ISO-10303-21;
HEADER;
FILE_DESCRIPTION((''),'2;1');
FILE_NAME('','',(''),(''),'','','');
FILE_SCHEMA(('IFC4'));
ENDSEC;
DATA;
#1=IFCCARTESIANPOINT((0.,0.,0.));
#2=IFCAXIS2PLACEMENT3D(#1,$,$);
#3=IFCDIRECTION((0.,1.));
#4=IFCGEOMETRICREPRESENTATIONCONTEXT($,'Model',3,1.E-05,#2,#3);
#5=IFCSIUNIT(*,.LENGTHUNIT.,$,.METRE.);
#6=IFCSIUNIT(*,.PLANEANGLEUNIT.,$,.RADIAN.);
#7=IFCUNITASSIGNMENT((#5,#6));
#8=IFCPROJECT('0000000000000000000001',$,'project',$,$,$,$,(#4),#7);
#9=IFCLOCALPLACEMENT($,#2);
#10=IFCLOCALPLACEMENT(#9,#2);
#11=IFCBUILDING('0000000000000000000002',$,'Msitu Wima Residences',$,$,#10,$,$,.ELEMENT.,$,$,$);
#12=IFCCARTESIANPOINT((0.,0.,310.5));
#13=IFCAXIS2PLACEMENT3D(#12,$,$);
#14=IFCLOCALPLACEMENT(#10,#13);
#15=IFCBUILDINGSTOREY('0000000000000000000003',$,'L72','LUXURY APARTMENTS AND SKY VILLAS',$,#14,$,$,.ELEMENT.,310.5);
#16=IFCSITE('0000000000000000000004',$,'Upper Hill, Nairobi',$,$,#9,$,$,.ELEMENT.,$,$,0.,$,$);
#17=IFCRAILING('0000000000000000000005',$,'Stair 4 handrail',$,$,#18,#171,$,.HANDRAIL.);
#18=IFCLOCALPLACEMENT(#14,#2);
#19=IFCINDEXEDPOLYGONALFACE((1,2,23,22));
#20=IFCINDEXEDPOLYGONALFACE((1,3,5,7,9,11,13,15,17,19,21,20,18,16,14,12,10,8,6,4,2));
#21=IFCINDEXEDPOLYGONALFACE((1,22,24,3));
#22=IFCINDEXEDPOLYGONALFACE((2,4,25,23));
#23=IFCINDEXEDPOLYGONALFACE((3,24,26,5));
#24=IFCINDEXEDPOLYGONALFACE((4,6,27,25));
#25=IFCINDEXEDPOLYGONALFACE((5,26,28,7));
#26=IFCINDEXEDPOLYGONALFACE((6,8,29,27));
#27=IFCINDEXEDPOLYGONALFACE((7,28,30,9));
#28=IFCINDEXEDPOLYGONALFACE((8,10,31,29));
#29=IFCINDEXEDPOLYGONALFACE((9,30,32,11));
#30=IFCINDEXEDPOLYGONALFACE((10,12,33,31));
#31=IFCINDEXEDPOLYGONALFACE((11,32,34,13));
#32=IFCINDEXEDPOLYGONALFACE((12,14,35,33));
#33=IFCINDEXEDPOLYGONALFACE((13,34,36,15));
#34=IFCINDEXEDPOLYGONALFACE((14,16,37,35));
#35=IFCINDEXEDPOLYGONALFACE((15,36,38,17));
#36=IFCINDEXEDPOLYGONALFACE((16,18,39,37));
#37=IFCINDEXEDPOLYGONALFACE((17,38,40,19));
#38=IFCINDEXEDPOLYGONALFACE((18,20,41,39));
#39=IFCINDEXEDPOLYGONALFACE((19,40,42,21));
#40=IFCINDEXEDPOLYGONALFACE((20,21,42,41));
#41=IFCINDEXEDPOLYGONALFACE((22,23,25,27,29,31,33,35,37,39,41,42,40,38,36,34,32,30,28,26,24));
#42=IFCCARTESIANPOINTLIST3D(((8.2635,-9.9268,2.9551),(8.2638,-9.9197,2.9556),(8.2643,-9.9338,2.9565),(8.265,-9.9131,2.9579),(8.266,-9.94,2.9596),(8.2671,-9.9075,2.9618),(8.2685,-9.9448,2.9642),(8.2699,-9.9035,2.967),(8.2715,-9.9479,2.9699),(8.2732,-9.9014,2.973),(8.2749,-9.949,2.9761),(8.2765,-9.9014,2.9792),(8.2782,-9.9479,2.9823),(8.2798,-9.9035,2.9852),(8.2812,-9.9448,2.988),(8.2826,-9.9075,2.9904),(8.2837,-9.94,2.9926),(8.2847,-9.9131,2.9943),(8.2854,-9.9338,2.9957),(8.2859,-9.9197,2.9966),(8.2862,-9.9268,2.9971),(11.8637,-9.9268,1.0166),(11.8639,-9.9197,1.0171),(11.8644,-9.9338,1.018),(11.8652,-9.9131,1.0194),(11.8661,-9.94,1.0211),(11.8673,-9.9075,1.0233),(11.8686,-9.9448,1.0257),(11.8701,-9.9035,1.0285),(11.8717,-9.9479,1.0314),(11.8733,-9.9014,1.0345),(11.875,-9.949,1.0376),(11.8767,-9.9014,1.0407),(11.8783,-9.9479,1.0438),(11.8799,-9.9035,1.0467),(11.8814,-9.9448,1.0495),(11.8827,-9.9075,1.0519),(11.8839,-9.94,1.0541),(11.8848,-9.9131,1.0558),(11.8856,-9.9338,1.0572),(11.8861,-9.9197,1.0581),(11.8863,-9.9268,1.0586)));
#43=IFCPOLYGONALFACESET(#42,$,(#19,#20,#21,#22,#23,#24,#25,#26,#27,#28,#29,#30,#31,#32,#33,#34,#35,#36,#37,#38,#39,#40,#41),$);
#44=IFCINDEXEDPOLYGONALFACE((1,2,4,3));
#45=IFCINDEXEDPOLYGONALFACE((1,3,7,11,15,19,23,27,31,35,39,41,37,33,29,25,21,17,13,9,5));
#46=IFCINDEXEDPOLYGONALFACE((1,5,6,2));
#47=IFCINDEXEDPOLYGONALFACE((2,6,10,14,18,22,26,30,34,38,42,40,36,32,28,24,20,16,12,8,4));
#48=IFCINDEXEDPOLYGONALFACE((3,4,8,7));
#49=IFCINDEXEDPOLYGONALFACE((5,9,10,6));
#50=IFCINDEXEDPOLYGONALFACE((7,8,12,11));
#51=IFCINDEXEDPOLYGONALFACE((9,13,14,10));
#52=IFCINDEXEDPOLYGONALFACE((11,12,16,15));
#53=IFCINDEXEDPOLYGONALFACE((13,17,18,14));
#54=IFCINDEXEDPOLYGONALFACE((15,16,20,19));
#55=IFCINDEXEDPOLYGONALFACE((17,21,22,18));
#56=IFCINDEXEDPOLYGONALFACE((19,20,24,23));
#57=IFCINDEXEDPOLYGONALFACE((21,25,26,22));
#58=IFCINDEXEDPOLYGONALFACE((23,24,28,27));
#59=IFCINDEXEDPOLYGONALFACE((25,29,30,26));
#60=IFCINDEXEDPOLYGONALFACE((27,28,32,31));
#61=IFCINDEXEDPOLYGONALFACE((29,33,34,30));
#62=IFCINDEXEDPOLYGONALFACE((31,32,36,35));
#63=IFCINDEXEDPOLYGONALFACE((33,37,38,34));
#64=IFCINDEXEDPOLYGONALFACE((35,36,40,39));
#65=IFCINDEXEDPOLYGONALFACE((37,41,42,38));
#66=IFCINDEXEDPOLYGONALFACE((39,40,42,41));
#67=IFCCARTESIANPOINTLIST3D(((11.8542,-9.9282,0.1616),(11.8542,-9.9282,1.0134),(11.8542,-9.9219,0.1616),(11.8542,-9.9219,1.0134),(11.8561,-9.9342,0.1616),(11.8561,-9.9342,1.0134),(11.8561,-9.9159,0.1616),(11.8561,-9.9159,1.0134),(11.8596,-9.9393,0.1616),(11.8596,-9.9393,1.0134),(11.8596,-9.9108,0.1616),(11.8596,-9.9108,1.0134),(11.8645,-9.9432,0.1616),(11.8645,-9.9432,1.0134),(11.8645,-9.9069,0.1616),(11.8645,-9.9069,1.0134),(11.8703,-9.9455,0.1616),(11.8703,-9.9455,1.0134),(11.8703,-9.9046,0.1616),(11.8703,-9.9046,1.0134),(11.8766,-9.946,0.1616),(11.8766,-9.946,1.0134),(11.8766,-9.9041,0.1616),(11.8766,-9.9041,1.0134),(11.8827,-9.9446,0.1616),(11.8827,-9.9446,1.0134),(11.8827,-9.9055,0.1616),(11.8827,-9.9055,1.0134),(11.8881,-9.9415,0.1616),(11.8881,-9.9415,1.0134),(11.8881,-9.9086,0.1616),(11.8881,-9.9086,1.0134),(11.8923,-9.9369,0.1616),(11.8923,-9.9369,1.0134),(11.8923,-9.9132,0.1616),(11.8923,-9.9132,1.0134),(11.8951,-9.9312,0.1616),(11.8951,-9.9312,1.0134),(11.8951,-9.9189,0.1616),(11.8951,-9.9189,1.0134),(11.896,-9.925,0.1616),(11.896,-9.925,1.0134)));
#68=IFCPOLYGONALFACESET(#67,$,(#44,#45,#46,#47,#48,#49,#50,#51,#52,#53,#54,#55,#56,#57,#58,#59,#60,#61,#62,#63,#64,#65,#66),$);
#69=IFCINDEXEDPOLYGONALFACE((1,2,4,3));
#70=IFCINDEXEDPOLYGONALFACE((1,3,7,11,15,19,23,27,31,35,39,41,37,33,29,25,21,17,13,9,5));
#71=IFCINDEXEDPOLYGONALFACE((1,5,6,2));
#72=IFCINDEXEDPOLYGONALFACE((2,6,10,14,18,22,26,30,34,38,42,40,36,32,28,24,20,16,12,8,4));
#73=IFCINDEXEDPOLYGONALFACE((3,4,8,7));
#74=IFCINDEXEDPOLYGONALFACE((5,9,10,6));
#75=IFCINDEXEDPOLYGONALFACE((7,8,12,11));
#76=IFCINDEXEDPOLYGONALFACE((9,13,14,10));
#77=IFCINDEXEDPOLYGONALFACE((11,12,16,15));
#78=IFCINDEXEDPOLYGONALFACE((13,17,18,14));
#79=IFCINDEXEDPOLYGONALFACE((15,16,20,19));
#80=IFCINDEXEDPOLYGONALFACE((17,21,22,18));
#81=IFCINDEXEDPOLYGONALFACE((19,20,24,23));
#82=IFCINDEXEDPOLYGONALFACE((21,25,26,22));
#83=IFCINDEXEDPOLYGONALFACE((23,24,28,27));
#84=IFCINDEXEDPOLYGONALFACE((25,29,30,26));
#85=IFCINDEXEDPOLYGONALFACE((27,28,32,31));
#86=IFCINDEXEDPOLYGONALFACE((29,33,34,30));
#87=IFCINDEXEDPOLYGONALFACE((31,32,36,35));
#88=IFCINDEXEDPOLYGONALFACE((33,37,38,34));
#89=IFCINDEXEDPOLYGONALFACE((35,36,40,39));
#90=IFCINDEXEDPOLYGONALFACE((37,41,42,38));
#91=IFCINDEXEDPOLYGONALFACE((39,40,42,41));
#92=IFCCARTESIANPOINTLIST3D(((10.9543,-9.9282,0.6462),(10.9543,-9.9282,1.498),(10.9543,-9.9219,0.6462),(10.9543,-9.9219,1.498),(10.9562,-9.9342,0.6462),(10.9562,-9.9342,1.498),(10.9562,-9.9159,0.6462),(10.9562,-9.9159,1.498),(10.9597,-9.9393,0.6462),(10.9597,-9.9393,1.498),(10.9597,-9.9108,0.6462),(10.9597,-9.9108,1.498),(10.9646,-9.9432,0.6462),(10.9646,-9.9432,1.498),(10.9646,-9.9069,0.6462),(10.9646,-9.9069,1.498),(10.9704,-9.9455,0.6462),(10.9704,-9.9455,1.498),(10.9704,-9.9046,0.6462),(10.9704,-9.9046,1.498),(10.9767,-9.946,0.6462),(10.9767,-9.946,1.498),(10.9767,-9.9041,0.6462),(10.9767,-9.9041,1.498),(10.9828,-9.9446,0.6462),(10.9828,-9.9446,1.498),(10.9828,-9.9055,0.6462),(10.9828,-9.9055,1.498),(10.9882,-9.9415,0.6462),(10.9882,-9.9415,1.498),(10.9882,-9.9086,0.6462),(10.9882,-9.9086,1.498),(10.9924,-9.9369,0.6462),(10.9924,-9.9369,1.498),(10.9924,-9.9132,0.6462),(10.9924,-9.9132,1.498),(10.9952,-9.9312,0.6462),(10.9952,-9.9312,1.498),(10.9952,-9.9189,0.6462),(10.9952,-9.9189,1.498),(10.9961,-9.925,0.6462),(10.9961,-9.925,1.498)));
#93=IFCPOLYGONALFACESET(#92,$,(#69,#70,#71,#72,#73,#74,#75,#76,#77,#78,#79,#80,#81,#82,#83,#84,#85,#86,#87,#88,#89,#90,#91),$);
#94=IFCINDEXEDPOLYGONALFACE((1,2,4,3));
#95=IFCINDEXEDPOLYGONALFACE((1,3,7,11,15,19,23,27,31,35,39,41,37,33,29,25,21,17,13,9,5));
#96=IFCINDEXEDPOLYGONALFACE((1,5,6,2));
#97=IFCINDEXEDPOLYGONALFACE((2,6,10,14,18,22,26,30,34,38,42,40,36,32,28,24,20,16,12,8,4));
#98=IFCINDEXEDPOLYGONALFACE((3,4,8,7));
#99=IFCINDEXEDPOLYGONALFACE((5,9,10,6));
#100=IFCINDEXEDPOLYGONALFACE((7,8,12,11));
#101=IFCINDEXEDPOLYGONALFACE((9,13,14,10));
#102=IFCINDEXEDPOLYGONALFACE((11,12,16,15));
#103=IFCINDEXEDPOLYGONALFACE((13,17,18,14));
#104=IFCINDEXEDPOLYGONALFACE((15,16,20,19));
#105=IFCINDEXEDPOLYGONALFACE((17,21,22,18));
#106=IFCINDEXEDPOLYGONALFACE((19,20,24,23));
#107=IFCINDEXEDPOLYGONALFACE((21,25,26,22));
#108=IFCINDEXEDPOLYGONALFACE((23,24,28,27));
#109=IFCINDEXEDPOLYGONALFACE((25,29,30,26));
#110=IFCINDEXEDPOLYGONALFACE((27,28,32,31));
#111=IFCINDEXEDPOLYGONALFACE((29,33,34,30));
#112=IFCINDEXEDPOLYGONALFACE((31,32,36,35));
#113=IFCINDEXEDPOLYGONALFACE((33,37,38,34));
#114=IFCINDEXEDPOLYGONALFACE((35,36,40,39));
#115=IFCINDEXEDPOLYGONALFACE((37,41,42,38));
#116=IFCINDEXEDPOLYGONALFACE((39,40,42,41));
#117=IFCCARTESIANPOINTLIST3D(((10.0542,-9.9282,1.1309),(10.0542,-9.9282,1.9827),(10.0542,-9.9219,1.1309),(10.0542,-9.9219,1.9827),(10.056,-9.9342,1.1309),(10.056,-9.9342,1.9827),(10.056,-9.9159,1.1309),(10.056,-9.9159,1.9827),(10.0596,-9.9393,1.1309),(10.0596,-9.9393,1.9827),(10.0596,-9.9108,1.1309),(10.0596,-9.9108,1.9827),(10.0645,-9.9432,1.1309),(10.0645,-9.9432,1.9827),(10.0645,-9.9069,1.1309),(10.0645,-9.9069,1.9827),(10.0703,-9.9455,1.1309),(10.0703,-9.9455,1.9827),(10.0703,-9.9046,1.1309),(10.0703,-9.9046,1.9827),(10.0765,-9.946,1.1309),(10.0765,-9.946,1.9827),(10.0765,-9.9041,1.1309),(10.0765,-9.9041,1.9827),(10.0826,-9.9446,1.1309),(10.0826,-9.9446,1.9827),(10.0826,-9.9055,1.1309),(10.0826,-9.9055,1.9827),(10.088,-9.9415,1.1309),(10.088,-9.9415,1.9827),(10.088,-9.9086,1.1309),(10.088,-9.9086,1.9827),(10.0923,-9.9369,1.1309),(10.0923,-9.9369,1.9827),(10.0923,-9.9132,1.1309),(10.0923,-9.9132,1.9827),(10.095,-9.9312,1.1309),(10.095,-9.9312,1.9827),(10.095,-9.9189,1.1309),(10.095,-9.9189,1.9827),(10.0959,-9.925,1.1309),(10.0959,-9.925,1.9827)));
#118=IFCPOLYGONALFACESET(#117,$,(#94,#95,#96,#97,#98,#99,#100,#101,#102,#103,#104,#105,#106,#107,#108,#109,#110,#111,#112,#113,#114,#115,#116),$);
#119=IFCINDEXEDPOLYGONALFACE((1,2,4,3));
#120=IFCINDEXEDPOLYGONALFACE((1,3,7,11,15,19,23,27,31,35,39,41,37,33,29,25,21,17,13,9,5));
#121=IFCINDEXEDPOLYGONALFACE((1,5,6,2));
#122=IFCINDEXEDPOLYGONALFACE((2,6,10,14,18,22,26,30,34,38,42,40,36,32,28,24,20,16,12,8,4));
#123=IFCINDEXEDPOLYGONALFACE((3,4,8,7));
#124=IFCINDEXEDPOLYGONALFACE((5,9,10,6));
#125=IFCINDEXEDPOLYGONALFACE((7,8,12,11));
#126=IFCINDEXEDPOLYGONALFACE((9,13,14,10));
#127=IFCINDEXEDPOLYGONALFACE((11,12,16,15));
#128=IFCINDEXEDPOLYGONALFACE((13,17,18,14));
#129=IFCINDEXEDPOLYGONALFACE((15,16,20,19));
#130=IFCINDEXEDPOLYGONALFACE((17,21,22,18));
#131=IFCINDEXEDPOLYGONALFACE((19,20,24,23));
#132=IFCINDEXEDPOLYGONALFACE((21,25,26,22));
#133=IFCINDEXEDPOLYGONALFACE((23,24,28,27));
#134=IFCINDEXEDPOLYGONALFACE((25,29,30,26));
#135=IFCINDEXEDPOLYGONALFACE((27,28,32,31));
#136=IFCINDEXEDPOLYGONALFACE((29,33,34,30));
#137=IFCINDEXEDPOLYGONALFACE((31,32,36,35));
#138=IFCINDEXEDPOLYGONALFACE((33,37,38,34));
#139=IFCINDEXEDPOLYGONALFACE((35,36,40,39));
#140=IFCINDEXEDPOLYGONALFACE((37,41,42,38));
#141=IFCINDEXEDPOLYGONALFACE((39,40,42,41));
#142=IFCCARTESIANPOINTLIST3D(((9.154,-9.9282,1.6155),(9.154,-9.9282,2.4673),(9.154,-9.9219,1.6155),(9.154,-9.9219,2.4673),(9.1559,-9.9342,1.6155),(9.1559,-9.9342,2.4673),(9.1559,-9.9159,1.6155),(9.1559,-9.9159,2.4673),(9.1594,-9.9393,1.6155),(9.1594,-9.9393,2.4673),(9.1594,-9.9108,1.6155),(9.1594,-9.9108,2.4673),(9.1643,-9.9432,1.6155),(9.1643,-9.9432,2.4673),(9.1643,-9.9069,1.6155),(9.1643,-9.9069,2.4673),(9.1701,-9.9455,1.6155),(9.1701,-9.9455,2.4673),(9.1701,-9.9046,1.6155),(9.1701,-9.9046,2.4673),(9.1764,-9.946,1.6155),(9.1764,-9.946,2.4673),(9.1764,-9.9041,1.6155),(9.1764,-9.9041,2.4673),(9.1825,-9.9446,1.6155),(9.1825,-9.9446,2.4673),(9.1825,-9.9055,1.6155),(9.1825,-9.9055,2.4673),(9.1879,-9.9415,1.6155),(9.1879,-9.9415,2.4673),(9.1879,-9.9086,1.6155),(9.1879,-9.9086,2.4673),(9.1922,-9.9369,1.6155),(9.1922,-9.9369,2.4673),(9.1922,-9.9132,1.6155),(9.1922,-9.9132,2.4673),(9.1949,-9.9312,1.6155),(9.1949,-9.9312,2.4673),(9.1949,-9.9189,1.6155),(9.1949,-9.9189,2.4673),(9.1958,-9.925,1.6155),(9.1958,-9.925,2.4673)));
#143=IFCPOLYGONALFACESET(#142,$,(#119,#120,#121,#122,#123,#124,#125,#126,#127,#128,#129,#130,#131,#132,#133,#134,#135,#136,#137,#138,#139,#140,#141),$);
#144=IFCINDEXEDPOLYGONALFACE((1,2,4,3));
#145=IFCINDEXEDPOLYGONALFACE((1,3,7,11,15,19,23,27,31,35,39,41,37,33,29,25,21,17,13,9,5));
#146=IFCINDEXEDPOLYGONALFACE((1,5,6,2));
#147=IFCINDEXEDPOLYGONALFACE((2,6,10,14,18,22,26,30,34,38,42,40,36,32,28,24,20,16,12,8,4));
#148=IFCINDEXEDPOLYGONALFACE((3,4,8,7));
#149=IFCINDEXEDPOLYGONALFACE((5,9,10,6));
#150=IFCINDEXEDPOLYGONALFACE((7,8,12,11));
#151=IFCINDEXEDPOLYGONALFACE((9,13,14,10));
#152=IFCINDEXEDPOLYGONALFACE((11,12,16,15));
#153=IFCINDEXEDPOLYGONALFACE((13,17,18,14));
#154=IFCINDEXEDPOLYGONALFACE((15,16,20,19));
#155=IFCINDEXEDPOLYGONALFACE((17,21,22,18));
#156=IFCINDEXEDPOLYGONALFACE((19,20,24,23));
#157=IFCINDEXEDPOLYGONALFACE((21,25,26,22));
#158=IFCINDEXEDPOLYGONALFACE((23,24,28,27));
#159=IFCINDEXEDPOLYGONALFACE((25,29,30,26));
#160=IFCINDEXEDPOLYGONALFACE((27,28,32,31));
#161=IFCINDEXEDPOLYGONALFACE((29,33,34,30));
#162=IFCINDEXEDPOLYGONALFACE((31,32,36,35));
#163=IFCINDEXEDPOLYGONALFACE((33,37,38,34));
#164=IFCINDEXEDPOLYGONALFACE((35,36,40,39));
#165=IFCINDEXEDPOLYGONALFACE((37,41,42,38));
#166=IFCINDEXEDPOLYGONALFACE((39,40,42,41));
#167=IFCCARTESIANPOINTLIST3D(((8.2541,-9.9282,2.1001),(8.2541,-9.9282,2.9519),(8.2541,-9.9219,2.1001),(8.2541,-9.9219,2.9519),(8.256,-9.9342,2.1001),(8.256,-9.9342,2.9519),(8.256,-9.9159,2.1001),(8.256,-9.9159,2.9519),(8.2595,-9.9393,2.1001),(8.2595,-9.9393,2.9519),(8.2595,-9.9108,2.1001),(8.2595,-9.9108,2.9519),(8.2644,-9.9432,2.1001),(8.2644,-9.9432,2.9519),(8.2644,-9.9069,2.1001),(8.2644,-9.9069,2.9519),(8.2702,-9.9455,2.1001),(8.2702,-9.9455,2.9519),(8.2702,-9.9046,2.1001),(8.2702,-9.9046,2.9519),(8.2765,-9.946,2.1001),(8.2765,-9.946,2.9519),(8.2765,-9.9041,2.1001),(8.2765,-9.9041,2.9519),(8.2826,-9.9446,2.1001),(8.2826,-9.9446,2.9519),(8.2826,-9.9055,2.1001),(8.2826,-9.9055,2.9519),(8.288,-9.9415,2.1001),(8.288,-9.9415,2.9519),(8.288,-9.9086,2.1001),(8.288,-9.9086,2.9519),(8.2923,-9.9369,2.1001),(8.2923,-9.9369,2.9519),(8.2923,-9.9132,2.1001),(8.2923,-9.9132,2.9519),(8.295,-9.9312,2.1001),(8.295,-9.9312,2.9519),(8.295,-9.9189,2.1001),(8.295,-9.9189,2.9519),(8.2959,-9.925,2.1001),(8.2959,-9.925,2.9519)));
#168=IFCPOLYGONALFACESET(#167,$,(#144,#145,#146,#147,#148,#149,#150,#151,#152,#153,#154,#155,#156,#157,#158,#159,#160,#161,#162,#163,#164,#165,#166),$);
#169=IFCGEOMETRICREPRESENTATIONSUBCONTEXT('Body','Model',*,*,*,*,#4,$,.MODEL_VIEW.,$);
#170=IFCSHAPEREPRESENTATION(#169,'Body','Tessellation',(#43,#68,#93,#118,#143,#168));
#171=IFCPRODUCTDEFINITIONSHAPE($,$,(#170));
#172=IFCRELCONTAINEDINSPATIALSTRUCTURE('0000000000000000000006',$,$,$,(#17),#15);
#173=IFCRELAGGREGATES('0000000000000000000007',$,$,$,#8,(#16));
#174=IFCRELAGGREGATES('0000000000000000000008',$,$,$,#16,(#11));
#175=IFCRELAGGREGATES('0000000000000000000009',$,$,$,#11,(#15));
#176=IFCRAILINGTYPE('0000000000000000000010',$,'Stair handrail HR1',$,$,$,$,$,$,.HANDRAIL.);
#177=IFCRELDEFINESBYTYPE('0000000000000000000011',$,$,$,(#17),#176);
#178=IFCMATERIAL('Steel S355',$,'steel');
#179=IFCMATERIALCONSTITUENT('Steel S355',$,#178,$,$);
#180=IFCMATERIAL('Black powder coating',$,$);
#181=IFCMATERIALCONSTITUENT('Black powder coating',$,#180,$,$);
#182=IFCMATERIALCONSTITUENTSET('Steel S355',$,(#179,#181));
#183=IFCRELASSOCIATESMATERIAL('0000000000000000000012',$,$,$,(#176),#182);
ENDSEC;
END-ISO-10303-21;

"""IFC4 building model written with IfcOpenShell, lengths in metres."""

from ifc_helpers import new_model, si_unit, direction, frame, origin, origin_2d, place, context, subcontext, project, spatial, circle, extrude, material, constituent, constituent_set, type_object, element, save


model = new_model("IFC4")

# Units and contexts
model_context = context("Model", 3, precision=1e-05, world=origin(), true_north=direction((0.0, 1.0)))
body_context = subcontext(model_context, "Body", "Model", "MODEL_VIEW")
ifc_project = project(units=[si_unit("LENGTHUNIT", "METRE"), si_unit("PLANEANGLEUNIT", "RADIAN")], contexts=[model_context])

# Site, building, storey
site_placement = place(None, origin())
site = spatial("IfcSite", under=ifc_project, at=site_placement, Name="Upper Hill, Nairobi", CompositionType="ELEMENT", RefElevation=0.0)
building_placement = place(site_placement, origin())
building = spatial("IfcBuilding", under=site, at=building_placement, Name="Msitu Wima Residences", CompositionType="ELEMENT")
storey_placement = place(building_placement, frame((0.0, 0.0, 310.5)))
storey = spatial("IfcBuildingStorey", under=building, at=storey_placement, Name="L72", Description="LUXURY APARTMENTS AND SKY VILLAS", CompositionType="ELEMENT", Elevation=310.5)

# Railing
ifc_material_1 = material(Name="Steel S355", Category="steel")
ifc_constituent_1 = constituent(ifc_material_1, Name="Steel S355")
ifc_material_2 = material(Name="Black powder coating")
ifc_constituent_2 = constituent(ifc_material_2, Name="Black powder coating")
ifc_constituent_set = constituent_set(constituents=[ifc_constituent_1, ifc_constituent_2], Name="Steel S355")
railing_type = type_object("IfcRailingType", Name="Stair handrail HR1", PredefinedType="HANDRAIL", material=ifc_constituent_set)
for number, where, name in (
    (1, (11.875, -9.925, 0.1616), "Stair 4 handrail"),
):
    element("IfcRailing", number, at=place(storey_placement, frame(where)), inside=storey, type_object=railing_type, Name=name, PredefinedType="HANDRAIL", context=body_context, shape_type="SweptSolid", body=[
        extrude(circle(Radius=0.0239, at=origin_2d()), frame((0.0, 0.0, 0.876), z_axis=(-0.880475, 0.0, 0.474093), x_axis=(0.0, -1.0, 0.0)), (0.0, 0.0, 1.0), 4.0889),
        extrude(circle(Radius=0.021, at=origin_2d()), origin(), (0.0, 0.0, 1.0), 0.8518),
        extrude(circle(Radius=0.021, at=origin_2d()), frame((-0.8999, 0.0, 0.4846)), (0.0, 0.0, 1.0), 0.8518),
        extrude(circle(Radius=0.021, at=origin_2d()), frame((-1.8, 0.0, 0.9692)), (0.0, 0.0, 1.0), 0.8518),
        extrude(circle(Radius=0.021, at=origin_2d()), frame((-2.7002, 0.0, 1.4539)), (0.0, 0.0, 1.0), 0.8518),
        extrude(circle(Radius=0.021, at=origin_2d()), frame((-3.6001, 0.0, 1.9385)), (0.0, 0.0, 1.0), 0.8518),
    ])

save(model, "model.ifc")
